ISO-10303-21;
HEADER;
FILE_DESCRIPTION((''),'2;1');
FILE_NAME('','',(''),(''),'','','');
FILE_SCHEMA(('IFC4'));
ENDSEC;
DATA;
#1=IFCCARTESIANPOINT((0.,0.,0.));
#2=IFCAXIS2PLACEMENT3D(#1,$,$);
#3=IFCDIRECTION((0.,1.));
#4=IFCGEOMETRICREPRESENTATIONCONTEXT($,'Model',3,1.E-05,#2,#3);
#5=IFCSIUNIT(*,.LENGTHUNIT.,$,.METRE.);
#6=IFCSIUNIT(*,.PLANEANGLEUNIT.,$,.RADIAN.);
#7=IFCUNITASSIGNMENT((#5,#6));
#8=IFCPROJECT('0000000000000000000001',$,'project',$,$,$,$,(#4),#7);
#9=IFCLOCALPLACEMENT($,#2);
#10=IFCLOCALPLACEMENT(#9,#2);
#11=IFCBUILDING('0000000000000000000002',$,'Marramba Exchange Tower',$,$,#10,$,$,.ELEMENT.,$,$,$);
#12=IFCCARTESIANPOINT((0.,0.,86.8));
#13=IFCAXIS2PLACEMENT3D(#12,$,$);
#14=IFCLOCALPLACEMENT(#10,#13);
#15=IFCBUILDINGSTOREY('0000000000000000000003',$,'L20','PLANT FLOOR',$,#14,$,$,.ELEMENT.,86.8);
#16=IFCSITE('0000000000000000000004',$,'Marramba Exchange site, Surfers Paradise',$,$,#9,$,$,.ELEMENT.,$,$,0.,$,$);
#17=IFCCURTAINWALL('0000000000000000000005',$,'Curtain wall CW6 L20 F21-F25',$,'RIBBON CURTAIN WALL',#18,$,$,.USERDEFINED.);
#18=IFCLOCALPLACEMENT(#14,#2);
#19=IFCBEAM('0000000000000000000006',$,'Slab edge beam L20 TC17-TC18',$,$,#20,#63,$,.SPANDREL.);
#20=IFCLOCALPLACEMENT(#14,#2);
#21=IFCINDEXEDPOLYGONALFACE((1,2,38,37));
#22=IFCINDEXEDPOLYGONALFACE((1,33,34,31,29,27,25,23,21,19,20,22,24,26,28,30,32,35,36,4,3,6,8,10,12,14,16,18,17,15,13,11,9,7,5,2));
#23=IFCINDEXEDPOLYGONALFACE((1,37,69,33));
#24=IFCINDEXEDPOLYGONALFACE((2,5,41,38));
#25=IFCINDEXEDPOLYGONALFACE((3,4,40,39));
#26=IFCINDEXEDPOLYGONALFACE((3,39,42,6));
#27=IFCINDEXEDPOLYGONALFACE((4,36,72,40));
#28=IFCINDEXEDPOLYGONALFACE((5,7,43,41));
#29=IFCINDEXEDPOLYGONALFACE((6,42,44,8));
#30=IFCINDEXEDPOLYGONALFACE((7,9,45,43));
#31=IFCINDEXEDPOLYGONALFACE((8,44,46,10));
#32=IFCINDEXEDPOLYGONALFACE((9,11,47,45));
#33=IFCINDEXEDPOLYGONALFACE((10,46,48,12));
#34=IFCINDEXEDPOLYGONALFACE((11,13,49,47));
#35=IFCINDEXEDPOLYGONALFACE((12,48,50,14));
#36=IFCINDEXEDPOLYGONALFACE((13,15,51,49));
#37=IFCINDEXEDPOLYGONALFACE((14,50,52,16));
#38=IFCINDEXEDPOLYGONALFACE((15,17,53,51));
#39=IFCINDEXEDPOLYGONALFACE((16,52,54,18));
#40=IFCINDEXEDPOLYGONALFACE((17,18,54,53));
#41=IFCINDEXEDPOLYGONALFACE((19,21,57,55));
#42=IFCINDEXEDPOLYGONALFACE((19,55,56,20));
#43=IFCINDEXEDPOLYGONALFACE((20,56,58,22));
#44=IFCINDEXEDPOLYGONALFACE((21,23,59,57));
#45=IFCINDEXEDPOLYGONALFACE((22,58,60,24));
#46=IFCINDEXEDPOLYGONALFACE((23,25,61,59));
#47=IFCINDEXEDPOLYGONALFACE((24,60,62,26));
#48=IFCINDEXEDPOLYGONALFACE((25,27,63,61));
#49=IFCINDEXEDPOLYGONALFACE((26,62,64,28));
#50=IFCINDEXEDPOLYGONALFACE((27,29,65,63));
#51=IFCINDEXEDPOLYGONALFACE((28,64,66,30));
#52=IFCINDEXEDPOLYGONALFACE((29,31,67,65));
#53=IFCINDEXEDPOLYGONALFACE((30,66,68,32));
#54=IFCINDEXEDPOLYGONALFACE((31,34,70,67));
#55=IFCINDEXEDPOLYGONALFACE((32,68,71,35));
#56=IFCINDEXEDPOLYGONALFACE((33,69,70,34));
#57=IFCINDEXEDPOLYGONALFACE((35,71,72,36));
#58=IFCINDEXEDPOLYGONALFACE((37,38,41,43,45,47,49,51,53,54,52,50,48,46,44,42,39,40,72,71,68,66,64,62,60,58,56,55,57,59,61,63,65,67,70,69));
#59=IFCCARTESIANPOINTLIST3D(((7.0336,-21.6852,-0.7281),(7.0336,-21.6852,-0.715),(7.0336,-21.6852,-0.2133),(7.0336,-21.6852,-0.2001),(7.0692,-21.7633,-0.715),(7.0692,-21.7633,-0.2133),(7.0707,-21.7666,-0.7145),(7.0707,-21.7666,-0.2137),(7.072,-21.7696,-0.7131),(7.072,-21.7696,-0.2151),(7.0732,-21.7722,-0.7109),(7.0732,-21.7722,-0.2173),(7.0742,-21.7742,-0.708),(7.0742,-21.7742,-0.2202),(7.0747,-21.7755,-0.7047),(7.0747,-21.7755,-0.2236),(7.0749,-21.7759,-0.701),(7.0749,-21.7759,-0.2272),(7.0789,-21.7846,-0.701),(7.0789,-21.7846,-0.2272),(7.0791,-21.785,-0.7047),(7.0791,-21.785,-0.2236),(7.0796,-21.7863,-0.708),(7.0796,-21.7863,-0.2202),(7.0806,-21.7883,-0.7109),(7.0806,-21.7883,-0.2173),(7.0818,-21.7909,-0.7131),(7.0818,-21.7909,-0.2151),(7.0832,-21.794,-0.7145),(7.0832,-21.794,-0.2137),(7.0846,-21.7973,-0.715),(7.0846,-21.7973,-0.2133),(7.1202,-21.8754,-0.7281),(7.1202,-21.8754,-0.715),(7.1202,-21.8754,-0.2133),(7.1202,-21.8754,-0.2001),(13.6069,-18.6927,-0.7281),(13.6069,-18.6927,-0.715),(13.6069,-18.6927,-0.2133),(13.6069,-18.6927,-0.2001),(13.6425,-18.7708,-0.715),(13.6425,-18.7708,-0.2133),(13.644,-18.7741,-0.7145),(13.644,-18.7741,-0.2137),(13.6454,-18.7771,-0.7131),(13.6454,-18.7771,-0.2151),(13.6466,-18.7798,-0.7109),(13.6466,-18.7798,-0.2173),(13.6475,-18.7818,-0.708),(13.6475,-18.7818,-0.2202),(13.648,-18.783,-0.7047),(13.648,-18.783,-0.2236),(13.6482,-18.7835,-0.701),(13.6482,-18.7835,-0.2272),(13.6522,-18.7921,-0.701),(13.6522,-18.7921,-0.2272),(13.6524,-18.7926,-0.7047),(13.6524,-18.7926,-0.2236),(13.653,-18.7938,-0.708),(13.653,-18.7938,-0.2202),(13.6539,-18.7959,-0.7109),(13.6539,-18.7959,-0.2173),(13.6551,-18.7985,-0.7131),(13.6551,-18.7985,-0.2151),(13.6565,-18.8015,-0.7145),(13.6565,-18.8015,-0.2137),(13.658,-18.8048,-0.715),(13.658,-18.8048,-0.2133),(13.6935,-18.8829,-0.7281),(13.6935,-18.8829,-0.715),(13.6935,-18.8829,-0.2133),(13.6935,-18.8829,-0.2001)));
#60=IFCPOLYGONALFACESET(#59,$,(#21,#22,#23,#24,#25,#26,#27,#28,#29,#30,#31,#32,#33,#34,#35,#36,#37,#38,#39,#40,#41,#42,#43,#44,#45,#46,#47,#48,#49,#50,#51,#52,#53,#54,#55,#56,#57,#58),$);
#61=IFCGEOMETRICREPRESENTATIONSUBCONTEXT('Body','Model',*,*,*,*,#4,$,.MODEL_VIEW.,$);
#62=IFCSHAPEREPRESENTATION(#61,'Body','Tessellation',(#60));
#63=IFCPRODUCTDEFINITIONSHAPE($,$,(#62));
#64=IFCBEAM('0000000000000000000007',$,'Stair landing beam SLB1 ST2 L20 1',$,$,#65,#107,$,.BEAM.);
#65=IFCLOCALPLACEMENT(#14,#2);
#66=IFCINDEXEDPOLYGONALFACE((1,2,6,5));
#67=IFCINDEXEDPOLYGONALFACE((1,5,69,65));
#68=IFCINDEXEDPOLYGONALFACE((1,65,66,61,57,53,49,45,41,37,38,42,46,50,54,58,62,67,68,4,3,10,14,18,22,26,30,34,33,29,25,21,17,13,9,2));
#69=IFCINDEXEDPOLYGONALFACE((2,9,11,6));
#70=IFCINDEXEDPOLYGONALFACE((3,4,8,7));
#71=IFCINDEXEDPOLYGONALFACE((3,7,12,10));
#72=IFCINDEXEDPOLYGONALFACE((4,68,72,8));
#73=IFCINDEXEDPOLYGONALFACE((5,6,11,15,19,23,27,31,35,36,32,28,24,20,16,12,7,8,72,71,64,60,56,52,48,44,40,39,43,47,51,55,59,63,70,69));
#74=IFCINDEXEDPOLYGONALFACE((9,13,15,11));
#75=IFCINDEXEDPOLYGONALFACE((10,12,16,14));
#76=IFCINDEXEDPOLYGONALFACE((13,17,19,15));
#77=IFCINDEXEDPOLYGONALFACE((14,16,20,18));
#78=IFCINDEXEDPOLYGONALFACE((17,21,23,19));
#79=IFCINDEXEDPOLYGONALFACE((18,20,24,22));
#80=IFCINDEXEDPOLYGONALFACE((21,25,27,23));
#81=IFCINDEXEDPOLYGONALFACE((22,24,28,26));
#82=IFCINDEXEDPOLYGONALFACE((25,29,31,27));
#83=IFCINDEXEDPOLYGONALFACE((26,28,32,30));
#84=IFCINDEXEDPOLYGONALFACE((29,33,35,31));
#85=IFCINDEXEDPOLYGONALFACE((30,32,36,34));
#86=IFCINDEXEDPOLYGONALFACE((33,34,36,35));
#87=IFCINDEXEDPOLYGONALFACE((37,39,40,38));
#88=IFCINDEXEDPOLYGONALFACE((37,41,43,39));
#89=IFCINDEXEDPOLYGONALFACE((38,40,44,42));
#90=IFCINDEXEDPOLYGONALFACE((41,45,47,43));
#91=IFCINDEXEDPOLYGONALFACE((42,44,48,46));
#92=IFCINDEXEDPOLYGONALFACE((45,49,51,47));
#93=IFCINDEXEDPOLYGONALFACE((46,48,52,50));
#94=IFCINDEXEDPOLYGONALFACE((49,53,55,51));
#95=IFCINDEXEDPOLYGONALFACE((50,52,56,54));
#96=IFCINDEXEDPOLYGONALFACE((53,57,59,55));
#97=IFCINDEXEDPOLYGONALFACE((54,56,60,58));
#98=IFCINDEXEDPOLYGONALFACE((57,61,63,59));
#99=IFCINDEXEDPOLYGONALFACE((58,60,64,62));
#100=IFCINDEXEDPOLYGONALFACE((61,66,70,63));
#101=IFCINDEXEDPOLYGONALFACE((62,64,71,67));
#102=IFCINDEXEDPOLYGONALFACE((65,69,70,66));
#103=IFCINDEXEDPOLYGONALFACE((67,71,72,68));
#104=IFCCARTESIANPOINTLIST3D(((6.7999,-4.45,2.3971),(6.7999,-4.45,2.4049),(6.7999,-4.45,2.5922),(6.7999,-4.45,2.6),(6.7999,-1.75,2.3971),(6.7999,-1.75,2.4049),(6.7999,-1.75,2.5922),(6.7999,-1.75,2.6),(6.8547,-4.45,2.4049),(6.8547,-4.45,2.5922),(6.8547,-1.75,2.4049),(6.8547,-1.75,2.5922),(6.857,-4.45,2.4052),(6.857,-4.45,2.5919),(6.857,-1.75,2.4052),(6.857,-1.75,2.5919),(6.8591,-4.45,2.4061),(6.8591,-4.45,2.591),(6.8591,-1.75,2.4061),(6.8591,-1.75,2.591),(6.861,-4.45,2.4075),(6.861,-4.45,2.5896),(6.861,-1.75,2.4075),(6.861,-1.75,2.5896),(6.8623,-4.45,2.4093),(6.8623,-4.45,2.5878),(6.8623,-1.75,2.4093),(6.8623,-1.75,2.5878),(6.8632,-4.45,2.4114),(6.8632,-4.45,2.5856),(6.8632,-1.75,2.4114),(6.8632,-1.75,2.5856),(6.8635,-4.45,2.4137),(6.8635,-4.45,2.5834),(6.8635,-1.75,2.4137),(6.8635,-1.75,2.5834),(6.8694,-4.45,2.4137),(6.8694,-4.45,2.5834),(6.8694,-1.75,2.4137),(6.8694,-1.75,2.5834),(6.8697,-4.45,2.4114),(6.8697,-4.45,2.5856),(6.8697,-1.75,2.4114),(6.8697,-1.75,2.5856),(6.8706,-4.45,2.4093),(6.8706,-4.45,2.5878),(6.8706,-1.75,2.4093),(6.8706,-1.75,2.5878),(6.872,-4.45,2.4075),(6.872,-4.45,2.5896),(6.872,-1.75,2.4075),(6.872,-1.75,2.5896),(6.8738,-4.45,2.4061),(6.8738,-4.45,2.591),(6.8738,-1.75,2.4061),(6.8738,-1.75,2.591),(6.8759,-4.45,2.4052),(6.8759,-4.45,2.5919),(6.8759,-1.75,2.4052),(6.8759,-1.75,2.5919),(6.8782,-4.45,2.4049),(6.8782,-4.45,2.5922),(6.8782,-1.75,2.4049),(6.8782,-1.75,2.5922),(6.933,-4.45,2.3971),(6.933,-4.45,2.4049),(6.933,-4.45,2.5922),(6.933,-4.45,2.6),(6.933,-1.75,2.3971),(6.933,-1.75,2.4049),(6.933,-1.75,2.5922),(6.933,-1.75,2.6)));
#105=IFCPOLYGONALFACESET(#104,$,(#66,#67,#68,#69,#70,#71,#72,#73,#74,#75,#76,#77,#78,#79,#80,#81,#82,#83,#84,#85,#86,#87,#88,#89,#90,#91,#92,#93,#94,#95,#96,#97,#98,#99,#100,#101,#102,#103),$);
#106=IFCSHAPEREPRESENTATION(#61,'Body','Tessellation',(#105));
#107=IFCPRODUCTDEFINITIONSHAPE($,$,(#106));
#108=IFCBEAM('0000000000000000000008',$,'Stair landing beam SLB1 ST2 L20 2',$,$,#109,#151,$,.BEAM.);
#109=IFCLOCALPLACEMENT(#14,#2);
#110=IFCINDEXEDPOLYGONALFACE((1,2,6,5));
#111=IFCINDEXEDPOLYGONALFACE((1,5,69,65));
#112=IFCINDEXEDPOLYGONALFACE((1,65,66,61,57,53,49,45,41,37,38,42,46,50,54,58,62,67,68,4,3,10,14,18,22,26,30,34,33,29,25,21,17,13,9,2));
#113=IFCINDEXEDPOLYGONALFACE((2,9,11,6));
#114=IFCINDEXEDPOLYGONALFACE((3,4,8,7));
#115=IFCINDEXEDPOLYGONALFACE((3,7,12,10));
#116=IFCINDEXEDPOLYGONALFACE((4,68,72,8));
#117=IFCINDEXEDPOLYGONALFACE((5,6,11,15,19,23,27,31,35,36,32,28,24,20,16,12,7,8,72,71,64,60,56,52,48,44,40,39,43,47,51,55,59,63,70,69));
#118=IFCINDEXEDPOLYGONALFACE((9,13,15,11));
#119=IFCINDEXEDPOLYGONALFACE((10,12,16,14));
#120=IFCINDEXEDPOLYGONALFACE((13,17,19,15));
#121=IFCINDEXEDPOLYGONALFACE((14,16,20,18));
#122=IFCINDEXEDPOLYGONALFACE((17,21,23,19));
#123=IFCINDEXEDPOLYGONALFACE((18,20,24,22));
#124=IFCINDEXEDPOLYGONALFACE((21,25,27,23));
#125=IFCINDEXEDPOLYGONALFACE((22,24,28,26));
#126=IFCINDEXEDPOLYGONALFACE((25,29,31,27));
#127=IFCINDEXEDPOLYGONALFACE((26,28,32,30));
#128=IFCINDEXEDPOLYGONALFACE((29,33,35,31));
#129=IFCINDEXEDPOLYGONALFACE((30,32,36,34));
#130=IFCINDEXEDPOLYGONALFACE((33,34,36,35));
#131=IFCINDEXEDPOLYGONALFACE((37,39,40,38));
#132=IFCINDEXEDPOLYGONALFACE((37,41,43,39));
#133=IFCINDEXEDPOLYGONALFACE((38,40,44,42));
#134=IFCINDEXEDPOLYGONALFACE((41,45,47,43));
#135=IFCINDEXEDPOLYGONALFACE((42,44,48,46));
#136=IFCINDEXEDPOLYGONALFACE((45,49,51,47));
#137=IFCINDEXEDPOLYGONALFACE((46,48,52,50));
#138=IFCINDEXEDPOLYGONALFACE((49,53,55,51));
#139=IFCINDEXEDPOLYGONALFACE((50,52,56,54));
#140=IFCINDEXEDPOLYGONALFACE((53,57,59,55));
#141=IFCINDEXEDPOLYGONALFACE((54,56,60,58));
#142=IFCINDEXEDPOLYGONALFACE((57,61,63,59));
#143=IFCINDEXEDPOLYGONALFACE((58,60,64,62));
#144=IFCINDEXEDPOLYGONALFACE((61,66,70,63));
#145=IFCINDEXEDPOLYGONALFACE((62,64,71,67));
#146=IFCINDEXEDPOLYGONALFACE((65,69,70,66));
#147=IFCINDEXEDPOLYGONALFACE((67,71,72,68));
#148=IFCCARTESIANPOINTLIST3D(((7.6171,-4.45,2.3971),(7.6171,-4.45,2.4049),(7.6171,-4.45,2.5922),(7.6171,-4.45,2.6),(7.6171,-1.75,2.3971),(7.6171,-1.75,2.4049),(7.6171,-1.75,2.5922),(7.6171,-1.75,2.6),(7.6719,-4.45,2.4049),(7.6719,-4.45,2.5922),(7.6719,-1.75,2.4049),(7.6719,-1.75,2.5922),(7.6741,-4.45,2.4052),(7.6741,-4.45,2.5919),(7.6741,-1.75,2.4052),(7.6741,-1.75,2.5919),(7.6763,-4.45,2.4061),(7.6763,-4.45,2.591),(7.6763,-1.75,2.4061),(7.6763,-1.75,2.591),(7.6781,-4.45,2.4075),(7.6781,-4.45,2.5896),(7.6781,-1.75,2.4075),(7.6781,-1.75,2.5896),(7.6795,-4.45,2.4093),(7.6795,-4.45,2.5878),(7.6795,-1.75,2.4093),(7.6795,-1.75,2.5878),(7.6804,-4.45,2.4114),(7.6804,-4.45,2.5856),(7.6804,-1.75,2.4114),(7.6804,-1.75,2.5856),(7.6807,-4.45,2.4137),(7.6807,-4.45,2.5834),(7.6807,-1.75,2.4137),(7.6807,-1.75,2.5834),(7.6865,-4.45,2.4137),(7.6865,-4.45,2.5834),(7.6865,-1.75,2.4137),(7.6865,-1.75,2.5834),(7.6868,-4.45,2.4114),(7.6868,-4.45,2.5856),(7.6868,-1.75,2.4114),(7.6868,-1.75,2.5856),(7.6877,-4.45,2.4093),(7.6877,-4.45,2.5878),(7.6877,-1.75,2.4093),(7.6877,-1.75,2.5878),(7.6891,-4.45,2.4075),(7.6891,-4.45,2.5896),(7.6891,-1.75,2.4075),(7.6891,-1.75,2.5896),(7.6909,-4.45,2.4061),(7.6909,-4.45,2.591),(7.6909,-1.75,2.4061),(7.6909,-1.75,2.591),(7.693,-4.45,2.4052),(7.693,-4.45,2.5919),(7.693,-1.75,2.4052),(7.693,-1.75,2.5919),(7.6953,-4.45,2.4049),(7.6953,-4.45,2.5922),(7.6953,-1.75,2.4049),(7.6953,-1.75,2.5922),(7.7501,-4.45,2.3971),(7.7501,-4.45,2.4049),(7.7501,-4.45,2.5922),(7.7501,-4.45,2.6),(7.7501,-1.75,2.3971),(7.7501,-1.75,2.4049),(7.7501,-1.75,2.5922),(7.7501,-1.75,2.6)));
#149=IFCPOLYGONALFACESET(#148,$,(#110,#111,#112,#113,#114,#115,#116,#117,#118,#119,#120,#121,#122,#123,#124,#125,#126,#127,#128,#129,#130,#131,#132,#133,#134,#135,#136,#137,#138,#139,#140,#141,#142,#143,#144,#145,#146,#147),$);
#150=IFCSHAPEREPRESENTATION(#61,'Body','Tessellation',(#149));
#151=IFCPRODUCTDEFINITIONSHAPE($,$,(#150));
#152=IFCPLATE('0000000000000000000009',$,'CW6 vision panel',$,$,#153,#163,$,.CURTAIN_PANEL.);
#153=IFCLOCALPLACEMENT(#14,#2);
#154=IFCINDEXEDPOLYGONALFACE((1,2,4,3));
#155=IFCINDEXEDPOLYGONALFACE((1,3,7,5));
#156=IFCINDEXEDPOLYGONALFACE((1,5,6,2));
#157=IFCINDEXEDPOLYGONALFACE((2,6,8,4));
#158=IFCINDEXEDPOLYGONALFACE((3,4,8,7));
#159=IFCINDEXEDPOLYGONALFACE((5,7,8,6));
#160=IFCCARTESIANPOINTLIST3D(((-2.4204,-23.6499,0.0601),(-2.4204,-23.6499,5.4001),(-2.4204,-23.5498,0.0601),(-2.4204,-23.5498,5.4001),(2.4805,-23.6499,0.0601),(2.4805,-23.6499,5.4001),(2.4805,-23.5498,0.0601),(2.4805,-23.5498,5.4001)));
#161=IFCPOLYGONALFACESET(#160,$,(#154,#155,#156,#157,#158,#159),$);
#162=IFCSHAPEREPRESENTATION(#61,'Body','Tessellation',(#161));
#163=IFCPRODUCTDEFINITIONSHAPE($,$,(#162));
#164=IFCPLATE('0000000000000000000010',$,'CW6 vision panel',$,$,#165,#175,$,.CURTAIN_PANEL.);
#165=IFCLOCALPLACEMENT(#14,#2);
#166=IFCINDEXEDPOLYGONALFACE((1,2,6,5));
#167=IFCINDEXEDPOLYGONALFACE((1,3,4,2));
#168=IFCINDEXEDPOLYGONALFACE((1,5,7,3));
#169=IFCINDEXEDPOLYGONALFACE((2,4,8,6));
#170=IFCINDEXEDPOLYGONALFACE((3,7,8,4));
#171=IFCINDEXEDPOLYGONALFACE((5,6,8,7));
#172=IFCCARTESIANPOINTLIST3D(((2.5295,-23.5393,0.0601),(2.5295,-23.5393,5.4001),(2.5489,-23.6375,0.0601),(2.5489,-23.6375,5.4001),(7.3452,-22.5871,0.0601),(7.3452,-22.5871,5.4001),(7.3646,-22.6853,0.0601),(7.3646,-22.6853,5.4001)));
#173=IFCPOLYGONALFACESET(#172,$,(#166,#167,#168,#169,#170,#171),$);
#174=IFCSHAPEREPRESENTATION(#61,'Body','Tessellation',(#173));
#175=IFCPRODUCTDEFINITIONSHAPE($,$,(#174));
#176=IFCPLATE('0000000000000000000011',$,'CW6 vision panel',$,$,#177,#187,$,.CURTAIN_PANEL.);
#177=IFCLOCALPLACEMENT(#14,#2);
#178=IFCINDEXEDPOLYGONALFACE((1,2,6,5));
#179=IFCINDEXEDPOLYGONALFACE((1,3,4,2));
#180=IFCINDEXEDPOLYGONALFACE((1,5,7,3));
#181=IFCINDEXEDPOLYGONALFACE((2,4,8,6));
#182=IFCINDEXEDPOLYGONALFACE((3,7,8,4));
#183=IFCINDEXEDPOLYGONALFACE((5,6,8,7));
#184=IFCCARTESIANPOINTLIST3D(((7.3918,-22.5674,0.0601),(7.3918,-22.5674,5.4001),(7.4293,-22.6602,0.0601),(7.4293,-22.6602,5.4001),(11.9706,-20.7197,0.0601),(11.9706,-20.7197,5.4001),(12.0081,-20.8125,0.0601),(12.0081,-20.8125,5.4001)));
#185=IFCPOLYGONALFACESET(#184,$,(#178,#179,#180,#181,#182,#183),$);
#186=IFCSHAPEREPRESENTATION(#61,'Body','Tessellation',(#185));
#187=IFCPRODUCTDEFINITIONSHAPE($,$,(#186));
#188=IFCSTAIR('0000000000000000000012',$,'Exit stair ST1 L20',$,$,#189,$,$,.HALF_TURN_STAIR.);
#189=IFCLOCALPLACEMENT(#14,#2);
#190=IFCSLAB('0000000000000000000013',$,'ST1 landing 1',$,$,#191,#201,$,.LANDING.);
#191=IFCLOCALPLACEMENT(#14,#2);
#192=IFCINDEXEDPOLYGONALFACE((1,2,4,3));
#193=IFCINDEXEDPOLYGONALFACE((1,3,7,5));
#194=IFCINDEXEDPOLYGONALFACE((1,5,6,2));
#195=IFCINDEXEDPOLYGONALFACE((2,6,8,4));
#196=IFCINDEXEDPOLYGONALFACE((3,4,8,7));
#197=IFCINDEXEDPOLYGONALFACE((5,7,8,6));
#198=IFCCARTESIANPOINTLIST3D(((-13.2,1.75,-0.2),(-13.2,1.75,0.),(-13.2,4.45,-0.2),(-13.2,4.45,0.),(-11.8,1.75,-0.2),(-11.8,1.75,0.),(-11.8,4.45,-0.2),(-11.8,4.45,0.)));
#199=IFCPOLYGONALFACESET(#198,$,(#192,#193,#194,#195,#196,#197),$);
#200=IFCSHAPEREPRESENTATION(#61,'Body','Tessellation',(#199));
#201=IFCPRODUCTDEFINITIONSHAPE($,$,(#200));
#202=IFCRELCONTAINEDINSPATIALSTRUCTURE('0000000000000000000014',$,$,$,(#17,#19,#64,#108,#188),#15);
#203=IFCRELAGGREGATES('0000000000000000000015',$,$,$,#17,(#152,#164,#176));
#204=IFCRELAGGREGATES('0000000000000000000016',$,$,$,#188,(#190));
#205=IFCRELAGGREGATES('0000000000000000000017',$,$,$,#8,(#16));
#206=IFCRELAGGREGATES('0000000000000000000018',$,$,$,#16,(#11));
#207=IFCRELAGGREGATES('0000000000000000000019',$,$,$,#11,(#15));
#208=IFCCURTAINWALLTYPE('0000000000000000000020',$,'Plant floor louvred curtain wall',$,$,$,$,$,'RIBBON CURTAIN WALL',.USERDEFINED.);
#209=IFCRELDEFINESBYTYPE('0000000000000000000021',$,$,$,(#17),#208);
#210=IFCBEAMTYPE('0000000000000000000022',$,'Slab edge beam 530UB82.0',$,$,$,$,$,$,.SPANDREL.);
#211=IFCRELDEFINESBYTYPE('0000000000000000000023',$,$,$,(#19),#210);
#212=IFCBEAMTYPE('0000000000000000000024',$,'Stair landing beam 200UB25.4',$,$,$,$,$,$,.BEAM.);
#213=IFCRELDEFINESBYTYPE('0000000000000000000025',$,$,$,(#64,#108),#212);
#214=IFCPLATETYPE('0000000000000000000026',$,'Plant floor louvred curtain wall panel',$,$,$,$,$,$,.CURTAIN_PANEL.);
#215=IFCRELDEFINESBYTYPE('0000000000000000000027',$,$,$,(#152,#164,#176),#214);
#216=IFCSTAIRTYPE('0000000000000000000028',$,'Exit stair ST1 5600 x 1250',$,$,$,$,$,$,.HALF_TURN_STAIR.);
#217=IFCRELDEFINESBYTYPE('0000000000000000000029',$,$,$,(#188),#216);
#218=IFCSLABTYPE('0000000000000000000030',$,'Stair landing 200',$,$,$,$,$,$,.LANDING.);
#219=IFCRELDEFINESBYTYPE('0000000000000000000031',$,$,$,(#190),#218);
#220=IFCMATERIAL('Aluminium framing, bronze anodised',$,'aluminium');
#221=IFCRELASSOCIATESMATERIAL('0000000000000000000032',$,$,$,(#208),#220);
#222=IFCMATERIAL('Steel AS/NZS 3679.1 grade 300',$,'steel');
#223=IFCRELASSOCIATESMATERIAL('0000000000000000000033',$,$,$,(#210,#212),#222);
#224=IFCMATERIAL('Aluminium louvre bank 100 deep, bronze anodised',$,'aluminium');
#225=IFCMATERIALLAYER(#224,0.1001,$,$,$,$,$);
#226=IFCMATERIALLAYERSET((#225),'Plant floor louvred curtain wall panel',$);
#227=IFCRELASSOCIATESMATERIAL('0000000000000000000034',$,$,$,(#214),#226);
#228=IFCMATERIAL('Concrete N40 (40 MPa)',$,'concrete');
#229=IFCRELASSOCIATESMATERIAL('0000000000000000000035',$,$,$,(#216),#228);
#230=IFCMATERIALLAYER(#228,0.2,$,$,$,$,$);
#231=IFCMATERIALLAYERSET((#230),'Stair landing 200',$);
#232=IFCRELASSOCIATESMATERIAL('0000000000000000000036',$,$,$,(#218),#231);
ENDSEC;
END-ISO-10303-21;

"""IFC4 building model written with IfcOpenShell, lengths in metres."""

from ifc_helpers import new_model, si_unit, direction, frame, origin, origin_2d, place, context, subcontext, project, spatial, polyline, rectangle, i_section, outline, extrude, material, layer, layer_set, material_profile, profile_set, type_object, element, aggregate, save


model = new_model("IFC4")

# Units and contexts
model_context = context("Model", 3, precision=1e-05, world=origin(), true_north=direction((0.0, 1.0)))
body_context = subcontext(model_context, "Body", "Model", "MODEL_VIEW")
ifc_project = project(units=[si_unit("LENGTHUNIT", "METRE"), si_unit("PLANEANGLEUNIT", "RADIAN")], contexts=[model_context])

# Site, building, storey
site_placement = place(None, origin())
site = spatial("IfcSite", under=ifc_project, at=site_placement, Name="Marramba Exchange site, Surfers Paradise", CompositionType="ELEMENT", RefElevation=0.0)
building_placement = place(site_placement, origin())
building = spatial("IfcBuilding", under=site, at=building_placement, Name="Marramba Exchange Tower", CompositionType="ELEMENT")
storey_placement = place(building_placement, frame((0.0, 0.0, 86.8)))
storey = spatial("IfcBuildingStorey", under=building, at=storey_placement, Name="L20", Description="PLANT FLOOR", CompositionType="ELEMENT", Elevation=86.8)

# Shared definitions
ifc_material_1 = material(Name="Steel AS/NZS 3679.1 grade 300", Category="steel")

# Curtain wall
ifc_material_2 = material(Name="Aluminium framing, bronze anodised", Category="aluminium")
curtain_wall_type = type_object("IfcCurtainWallType", Name="Plant floor louvred curtain wall", ElementType="RIBBON CURTAIN WALL", PredefinedType="USERDEFINED", material=ifc_material_2)
curtain_wall_placement = place(storey_placement, origin())
curtain_wall = element("IfcCurtainWall", 1, at=curtain_wall_placement, inside=storey, type_object=curtain_wall_type, Name="Curtain wall CW6 L20 F21-F25", ObjectType="RIBBON CURTAIN WALL", PredefinedType="USERDEFINED")

# Beams
ifc_material_profile_1 = material_profile(ifc_material_1, i_section(OverallWidth=0.209, OverallDepth=0.5281, WebThickness=0.0095, FlangeThickness=0.0132, FilletRadius=0.0139, at=origin_2d()), Name="530UB82.0")
ifc_profile_set_1 = profile_set([ifc_material_profile_1], Name="Steel AS/NZS 3679.1 grade 300")
beam_type_1 = type_object("IfcBeamType", Name="Slab edge beam 530UB82.0", PredefinedType="SPANDREL", material=ifc_profile_set_1)
beam_1_placement = place(storey_placement, frame((7.0769, -21.7803, -0.4641), z_axis=(0.910127, 0.41433, 0.0), x_axis=(-0.41433, 0.910127, 0.0)))
element("IfcBeam", 2, at=beam_1_placement, inside=storey, type_object=beam_type_1, Name="Slab edge beam L20 TC17-TC18", PredefinedType="SPANDREL", context=body_context, shape_type="SweptSolid", body=[
    extrude(i_section(OverallWidth=0.209, OverallDepth=0.5281, WebThickness=0.0095, FlangeThickness=0.0132, FilletRadius=0.0139, at=origin_2d()), origin(), (0.0, 0.0, 1.0), 7.2224),
])
ifc_material_profile_2 = material_profile(ifc_material_1, i_section(OverallWidth=0.1331, OverallDepth=0.2029, WebThickness=0.0059, FlangeThickness=0.0078, FilletRadius=0.0088, at=origin_2d()), Name="200UB25.4")
ifc_profile_set_2 = profile_set([ifc_material_profile_2], Name="Steel AS/NZS 3679.1 grade 300")
beam_type_2 = type_object("IfcBeamType", Name="Stair landing beam 200UB25.4", PredefinedType="BEAM", material=ifc_profile_set_2)
for number, where, z_axis, x_axis, name in (
    (3, (6.8665, -4.45, 2.4985), (0.0, 1.0, 0.0), (-1.0, 0.0, 0.0), "Stair landing beam SLB1 ST2 L20 1"),
    (4, (7.6836, -4.45, 2.4985), (0.0, 1.0, 0.0), (-1.0, 0.0, 0.0), "Stair landing beam SLB1 ST2 L20 2"),
):
    element("IfcBeam", number, at=place(storey_placement, frame(where, z_axis=z_axis, x_axis=x_axis)), inside=storey, type_object=beam_type_2, Name=name, PredefinedType="BEAM", context=body_context, shape_type="SweptSolid", body=[
        extrude(i_section(OverallWidth=0.1331, OverallDepth=0.2029, WebThickness=0.0059, FlangeThickness=0.0078, FilletRadius=0.0088, at=origin_2d()), origin(), (0.0, 0.0, 1.0), 2.7),
    ])

# Plates
ifc_material_3 = material(Name="Aluminium louvre bank 100 deep, bronze anodised", Category="aluminium")
ifc_layer_1 = layer(ifc_material_3, 0.1001)
ifc_layer_set_1 = layer_set([ifc_layer_1], Name="Plant floor louvred curtain wall panel")
plate_type = type_object("IfcPlateType", Name="Plant floor louvred curtain wall panel", PredefinedType="CURTAIN_PANEL", material=ifc_layer_set_1)
plate_1_placement = place(storey_placement, frame((0.03, -23.5999, 0.0601), z_axis=(0.0, 0.0, 1.0), x_axis=(1.0, 0.0, 0.0)))
plate_1 = element("IfcPlate", 5, at=plate_1_placement, type_object=plate_type, Name="CW6 vision panel", PredefinedType="CURTAIN_PANEL", context=body_context, shape_type="SweptSolid", body=[
    extrude(rectangle(XDim=4.9009, YDim=0.1001, at=origin_2d()), origin(), (0.0, 0.0, 1.0), 5.3401),
])
plate_2_placement = place(storey_placement, frame((4.947, -23.1123, 0.0601), z_axis=(0.0, 0.0, 1.0), x_axis=(0.981009, 0.193961, 0.0)))
plate_2 = element("IfcPlate", 6, at=plate_2_placement, type_object=plate_type, Name="CW6 vision panel", PredefinedType="CURTAIN_PANEL", context=body_context, shape_type="SweptSolid", body=[
    extrude(rectangle(XDim=4.9089, YDim=0.1001, at=origin_2d()), origin(), (0.0, 0.0, 1.0), 5.3401),
])
plate_3_placement = place(storey_placement, frame((9.7, -21.6899, 0.0601), z_axis=(0.0, 0.0, 1.0), x_axis=(0.927341, 0.374218, 0.0)))
plate_3 = element("IfcPlate", 7, at=plate_3_placement, type_object=plate_type, Name="CW6 vision panel", PredefinedType="CURTAIN_PANEL", context=body_context, shape_type="SweptSolid", body=[
    extrude(rectangle(XDim=4.9375, YDim=0.1001, at=origin_2d()), origin(), (0.0, 0.0, 1.0), 5.3401),
])
aggregate(curtain_wall, [plate_1, plate_2, plate_3])

# Stair, slab
ifc_material_4 = material(Name="Concrete N40 (40 MPa)", Category="concrete")
stair_type_1 = type_object("IfcStairType", Name="Exit stair ST1 5600 x 1250", PredefinedType="HALF_TURN_STAIR", material=ifc_material_4)
stair_1_placement = place(storey_placement, origin())
stair_1 = element("IfcStair", 8, at=stair_1_placement, inside=storey, type_object=stair_type_1, Name="Exit stair ST1 L20", PredefinedType="HALF_TURN_STAIR")
ifc_layer_2 = layer(ifc_material_4, 0.2)
ifc_layer_set_2 = layer_set([ifc_layer_2], Name="Stair landing 200")
slab_type = type_object("IfcSlabType", Name="Stair landing 200", PredefinedType="LANDING", material=ifc_layer_set_2)
slab_1_placement = place(storey_placement, frame((0.0, 0.0, -0.2)))
slab_1 = element("IfcSlab", 9, at=slab_1_placement, type_object=slab_type, Name="ST1 landing 1", PredefinedType="LANDING", context=body_context, shape_type="SweptSolid", body=[
    extrude(outline(polyline([(-13.2, 1.75), (-11.8, 1.75), (-11.8, 4.45), (-13.2, 4.45), (-13.2, 1.75)])), origin(), (0.0, 0.0, 1.0), 0.2),
])
aggregate(stair_1, [slab_1])

save(model, "model.ifc")
